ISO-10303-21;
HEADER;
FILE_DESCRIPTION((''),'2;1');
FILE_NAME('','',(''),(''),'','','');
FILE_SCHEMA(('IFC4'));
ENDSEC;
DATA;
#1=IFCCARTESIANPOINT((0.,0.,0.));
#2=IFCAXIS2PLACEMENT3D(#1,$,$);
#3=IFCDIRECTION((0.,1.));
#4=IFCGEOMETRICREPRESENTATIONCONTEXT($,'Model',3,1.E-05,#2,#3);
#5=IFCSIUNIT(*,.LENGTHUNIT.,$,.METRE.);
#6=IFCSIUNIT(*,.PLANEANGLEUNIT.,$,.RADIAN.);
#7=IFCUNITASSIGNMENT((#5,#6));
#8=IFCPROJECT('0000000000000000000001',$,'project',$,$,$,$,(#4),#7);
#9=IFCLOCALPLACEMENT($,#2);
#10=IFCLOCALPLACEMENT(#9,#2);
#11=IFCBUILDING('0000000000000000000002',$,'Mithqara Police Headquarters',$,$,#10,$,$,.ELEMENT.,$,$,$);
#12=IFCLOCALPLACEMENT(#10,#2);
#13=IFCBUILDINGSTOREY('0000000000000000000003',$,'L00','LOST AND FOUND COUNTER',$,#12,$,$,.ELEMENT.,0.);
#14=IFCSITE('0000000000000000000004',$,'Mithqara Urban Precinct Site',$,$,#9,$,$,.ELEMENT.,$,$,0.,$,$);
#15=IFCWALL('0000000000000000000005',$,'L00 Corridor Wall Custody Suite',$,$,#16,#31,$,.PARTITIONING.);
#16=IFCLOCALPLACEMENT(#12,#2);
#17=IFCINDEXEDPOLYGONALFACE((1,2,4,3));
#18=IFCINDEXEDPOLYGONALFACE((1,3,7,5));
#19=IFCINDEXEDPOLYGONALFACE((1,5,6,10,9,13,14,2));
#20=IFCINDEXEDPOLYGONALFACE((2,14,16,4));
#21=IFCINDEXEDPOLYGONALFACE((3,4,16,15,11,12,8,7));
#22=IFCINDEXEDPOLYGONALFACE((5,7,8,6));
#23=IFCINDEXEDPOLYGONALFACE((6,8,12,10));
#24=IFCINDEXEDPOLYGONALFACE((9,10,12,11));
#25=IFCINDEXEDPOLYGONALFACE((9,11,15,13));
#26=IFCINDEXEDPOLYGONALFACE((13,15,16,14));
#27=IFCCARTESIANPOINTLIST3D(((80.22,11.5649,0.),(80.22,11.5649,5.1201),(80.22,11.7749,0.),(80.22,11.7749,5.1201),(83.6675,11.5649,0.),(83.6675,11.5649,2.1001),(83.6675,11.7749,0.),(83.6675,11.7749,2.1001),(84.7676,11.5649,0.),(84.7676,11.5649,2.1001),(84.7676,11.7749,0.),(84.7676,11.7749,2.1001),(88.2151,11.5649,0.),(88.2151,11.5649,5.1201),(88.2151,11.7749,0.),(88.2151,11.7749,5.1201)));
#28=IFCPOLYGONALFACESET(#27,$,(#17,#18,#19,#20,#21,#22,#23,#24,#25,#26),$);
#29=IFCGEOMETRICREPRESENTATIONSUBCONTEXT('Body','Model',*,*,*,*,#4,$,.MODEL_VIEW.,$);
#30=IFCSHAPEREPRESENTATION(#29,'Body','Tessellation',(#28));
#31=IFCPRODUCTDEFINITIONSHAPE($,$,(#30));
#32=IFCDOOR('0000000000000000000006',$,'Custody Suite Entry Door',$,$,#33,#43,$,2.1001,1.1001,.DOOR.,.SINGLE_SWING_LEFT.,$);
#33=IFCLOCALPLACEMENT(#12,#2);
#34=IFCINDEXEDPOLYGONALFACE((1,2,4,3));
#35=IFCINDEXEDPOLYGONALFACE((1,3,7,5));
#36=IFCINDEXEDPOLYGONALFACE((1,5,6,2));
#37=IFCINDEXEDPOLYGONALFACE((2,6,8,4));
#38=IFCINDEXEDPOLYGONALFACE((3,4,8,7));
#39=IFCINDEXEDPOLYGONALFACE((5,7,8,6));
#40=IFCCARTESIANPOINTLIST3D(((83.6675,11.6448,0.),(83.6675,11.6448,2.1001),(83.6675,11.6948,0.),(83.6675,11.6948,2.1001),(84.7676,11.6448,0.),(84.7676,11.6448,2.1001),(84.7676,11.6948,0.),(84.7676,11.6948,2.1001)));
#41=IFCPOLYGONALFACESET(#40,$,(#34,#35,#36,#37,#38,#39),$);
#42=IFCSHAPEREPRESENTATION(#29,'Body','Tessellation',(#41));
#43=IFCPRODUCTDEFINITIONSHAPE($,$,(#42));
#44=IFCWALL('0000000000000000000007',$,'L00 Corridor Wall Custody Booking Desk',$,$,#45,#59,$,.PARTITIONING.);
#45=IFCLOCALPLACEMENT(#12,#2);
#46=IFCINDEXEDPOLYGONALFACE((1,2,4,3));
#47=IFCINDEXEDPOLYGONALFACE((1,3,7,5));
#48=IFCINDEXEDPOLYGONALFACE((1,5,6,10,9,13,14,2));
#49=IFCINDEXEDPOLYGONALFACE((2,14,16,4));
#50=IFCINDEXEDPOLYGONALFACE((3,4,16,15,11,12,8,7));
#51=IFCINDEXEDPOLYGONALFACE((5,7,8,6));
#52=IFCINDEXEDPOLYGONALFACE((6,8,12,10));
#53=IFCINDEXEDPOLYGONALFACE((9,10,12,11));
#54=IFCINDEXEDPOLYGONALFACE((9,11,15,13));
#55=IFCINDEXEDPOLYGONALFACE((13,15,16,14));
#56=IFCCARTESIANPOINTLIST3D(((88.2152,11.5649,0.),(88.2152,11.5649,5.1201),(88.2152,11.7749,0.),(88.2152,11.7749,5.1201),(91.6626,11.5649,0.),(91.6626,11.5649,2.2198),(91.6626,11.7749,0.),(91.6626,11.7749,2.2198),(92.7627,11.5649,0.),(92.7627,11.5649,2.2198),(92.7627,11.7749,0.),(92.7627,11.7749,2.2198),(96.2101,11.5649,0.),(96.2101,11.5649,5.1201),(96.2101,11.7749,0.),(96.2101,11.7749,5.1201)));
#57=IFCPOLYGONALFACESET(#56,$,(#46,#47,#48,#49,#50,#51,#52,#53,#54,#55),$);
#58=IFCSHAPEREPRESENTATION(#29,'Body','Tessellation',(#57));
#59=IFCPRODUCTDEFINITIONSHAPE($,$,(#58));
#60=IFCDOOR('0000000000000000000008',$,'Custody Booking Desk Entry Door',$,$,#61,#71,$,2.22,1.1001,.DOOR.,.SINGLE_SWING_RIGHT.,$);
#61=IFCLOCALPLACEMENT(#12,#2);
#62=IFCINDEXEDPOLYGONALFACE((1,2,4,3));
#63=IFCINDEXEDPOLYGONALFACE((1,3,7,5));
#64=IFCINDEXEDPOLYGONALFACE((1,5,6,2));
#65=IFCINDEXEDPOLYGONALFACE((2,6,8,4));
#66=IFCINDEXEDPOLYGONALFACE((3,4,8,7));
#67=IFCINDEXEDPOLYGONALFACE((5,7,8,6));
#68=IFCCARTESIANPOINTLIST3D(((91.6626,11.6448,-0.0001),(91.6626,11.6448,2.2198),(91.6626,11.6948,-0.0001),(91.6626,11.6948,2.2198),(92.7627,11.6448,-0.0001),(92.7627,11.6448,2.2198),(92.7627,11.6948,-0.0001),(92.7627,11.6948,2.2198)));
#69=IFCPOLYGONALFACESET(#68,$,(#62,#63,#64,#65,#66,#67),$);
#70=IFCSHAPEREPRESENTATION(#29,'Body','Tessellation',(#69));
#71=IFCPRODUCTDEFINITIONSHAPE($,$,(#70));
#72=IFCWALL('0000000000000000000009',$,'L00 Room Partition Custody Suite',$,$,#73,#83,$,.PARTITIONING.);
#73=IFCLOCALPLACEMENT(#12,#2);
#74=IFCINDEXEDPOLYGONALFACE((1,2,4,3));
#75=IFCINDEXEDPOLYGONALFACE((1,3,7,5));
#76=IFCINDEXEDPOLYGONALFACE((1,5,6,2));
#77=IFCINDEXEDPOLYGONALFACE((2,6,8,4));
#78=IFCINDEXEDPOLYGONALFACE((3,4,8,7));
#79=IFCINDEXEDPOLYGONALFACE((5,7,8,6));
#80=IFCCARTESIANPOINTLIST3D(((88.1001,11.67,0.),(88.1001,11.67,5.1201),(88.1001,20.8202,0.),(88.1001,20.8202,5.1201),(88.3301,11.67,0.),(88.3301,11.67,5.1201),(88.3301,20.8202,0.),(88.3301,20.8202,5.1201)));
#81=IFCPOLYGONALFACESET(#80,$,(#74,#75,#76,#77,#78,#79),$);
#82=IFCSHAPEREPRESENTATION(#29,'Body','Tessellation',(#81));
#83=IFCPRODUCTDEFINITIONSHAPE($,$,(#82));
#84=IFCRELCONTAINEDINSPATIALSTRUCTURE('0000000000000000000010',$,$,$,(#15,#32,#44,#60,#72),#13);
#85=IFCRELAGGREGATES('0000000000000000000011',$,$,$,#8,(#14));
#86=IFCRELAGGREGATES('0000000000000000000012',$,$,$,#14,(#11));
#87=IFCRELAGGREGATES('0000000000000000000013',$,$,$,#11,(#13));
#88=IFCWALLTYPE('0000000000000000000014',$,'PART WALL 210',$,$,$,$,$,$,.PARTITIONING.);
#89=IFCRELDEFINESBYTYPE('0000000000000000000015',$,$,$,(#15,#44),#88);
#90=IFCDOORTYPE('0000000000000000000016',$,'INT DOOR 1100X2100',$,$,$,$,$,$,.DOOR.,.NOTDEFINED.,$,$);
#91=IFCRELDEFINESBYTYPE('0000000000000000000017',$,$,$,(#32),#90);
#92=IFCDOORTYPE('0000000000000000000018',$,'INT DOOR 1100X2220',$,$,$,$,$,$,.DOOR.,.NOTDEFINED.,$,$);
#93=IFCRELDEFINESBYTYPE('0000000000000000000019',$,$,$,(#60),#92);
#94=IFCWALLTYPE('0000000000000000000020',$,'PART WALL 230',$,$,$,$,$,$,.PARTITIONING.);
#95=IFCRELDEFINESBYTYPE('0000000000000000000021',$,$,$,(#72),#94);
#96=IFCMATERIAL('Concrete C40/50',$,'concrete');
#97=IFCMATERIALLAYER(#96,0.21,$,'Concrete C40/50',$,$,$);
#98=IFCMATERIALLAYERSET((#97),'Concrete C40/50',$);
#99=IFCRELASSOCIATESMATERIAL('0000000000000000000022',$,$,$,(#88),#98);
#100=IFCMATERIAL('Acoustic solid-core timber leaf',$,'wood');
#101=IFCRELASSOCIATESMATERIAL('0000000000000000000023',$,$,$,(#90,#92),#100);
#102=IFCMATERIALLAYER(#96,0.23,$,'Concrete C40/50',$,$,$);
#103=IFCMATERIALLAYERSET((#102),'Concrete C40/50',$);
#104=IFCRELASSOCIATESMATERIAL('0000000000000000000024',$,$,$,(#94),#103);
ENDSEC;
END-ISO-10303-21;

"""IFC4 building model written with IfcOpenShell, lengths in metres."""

from ifc_helpers import new_model, si_unit, direction, frame, frame_2d, origin, place, context, subcontext, project, spatial, rectangle, extrude, material, layer, layer_set, type_object, element, fill, save


model = new_model("IFC4")

# Units and contexts
model_context = context("Model", 3, precision=1e-05, world=origin(), true_north=direction((0.0, 1.0)))
body_context = subcontext(model_context, "Body", "Model", "MODEL_VIEW")
ifc_project = project(units=[si_unit("LENGTHUNIT", "METRE"), si_unit("PLANEANGLEUNIT", "RADIAN")], contexts=[model_context])

# Site, building, storey
site_placement = place(None, origin())
site = spatial("IfcSite", under=ifc_project, at=site_placement, Name="Mithqara Urban Precinct Site", CompositionType="ELEMENT", RefElevation=0.0)
building_placement = place(site_placement, origin())
building = spatial("IfcBuilding", under=site, at=building_placement, Name="Mithqara Police Headquarters", CompositionType="ELEMENT")
storey_placement = place(building_placement, origin())
storey = spatial("IfcBuildingStorey", under=building, at=storey_placement, Name="L00", Description="LOST AND FOUND COUNTER", CompositionType="ELEMENT", Elevation=0.0)

# Shared definitions
ifc_material_1 = material(Name="Concrete C40/50", Category="concrete")

# Walls, openings, doors
ifc_layer_1 = layer(ifc_material_1, 0.21, Name="Concrete C40/50")
ifc_layer_set_1 = layer_set([ifc_layer_1], Name="Concrete C40/50")
wall_type_1 = type_object("IfcWallType", Name="PART WALL 210", PredefinedType="PARTITIONING", material=ifc_layer_set_1)
ifc_material_2 = material(Name="Acoustic solid-core timber leaf", Category="wood")
wall_1_placement = place(storey_placement, frame((80.22, 11.6699, 0.0), z_axis=(0.0, 0.0, 1.0), x_axis=(1.0, 0.0, 0.0)))
wall_1 = element("IfcWall", 1, at=wall_1_placement, inside=storey, type_object=wall_type_1, Name="L00 Corridor Wall Custody Suite", PredefinedType="PARTITIONING", context=body_context, shape_type="SweptSolid", body=[
    extrude(rectangle(XDim=7.9951, YDim=0.21, at=frame_2d((3.9976, 0.0))), origin(), (0.0, 0.0, 1.0), 5.1201),
])
opening_1_placement = place(wall_1_placement, frame((3.4475, 0.0, 0.0)))
opening_1 = element("IfcOpeningElement", 2, at=opening_1_placement, cuts=wall_1, PredefinedType="OPENING", context=body_context, shape_type="SweptSolid", body=[
    extrude(rectangle(XDim=1.1001, YDim=2.1001, at=frame_2d((0.55, 1.05))), frame((0.0, 0.115, 0.0), z_axis=(0.0, -1.0, 0.0), x_axis=(1.0, 0.0, 0.0)), (0.0, 0.0, 1.0), 0.23),
])
door_type_1 = type_object("IfcDoorType", Name="INT DOOR 1100X2100", OperationType="NOTDEFINED", PredefinedType="DOOR", material=ifc_material_2)
door_1_placement = place(opening_1_placement, origin())
door_1 = element("IfcDoor", 3, at=door_1_placement, inside=storey, type_object=door_type_1, Name="Custody Suite Entry Door", OperationType="SINGLE_SWING_LEFT", OverallHeight=2.1001, OverallWidth=1.1001, PredefinedType="DOOR", context=body_context, shape_type="SweptSolid", body=[
    extrude(rectangle(XDim=1.1001, YDim=2.1001, at=frame_2d((0.55, 1.05))), frame((0.0, 0.0249, 0.0), z_axis=(0.0, -1.0, 0.0), x_axis=(1.0, 0.0, 0.0)), (0.0, 0.0, 1.0), 0.05),
])
fill(opening_1, door_1)
wall_2_placement = place(storey_placement, frame((88.2151, 11.6699, 0.0), z_axis=(0.0, 0.0, 1.0), x_axis=(1.0, 0.0, 0.0)))
wall_2 = element("IfcWall", 4, at=wall_2_placement, inside=storey, type_object=wall_type_1, Name="L00 Corridor Wall Custody Booking Desk", PredefinedType="PARTITIONING", context=body_context, shape_type="SweptSolid", body=[
    extrude(rectangle(XDim=7.9949, YDim=0.21, at=frame_2d((3.9976, 0.0))), origin(), (0.0, 0.0, 1.0), 5.1201),
])
opening_2_placement = place(wall_2_placement, frame((3.4475, 0.0, 0.0)))
opening_2 = element("IfcOpeningElement", 5, at=opening_2_placement, cuts=wall_2, PredefinedType="OPENING", context=body_context, shape_type="SweptSolid", body=[
    extrude(rectangle(XDim=1.1001, YDim=2.22, at=frame_2d((0.55, 1.1099))), frame((0.0, 0.115, 0.0), z_axis=(0.0, -1.0, 0.0), x_axis=(1.0, 0.0, 0.0)), (0.0, 0.0, 1.0), 0.23),
])
door_type_2 = type_object("IfcDoorType", Name="INT DOOR 1100X2220", OperationType="NOTDEFINED", PredefinedType="DOOR", material=ifc_material_2)
door_2_placement = place(opening_2_placement, origin())
door_2 = element("IfcDoor", 6, at=door_2_placement, inside=storey, type_object=door_type_2, Name="Custody Booking Desk Entry Door", OperationType="SINGLE_SWING_RIGHT", OverallHeight=2.22, OverallWidth=1.1001, PredefinedType="DOOR", context=body_context, shape_type="SweptSolid", body=[
    extrude(rectangle(XDim=1.1001, YDim=2.22, at=frame_2d((0.55, 1.1099))), frame((0.0, 0.0249, 0.0), z_axis=(0.0, -1.0, 0.0), x_axis=(1.0, 0.0, 0.0)), (0.0, 0.0, 1.0), 0.05),
])
fill(opening_2, door_2)

# Wall
ifc_layer_2 = layer(ifc_material_1, 0.23, Name="Concrete C40/50")
ifc_layer_set_2 = layer_set([ifc_layer_2], Name="Concrete C40/50")
wall_type_2 = type_object("IfcWallType", Name="PART WALL 230", PredefinedType="PARTITIONING", material=ifc_layer_set_2)
wall_3_placement = place(storey_placement, frame((88.2151, 11.6699, 0.0), z_axis=(0.0, 0.0, 1.0), x_axis=(0.0, 1.0, 0.0)))
element("IfcWall", 7, at=wall_3_placement, inside=storey, type_object=wall_type_2, Name="L00 Room Partition Custody Suite", PredefinedType="PARTITIONING", context=body_context, shape_type="SweptSolid", body=[
    extrude(rectangle(XDim=9.1501, YDim=0.23, at=frame_2d((4.5752, 0.0))), origin(), (0.0, 0.0, 1.0), 5.1201),
])

save(model, "model.ifc")
